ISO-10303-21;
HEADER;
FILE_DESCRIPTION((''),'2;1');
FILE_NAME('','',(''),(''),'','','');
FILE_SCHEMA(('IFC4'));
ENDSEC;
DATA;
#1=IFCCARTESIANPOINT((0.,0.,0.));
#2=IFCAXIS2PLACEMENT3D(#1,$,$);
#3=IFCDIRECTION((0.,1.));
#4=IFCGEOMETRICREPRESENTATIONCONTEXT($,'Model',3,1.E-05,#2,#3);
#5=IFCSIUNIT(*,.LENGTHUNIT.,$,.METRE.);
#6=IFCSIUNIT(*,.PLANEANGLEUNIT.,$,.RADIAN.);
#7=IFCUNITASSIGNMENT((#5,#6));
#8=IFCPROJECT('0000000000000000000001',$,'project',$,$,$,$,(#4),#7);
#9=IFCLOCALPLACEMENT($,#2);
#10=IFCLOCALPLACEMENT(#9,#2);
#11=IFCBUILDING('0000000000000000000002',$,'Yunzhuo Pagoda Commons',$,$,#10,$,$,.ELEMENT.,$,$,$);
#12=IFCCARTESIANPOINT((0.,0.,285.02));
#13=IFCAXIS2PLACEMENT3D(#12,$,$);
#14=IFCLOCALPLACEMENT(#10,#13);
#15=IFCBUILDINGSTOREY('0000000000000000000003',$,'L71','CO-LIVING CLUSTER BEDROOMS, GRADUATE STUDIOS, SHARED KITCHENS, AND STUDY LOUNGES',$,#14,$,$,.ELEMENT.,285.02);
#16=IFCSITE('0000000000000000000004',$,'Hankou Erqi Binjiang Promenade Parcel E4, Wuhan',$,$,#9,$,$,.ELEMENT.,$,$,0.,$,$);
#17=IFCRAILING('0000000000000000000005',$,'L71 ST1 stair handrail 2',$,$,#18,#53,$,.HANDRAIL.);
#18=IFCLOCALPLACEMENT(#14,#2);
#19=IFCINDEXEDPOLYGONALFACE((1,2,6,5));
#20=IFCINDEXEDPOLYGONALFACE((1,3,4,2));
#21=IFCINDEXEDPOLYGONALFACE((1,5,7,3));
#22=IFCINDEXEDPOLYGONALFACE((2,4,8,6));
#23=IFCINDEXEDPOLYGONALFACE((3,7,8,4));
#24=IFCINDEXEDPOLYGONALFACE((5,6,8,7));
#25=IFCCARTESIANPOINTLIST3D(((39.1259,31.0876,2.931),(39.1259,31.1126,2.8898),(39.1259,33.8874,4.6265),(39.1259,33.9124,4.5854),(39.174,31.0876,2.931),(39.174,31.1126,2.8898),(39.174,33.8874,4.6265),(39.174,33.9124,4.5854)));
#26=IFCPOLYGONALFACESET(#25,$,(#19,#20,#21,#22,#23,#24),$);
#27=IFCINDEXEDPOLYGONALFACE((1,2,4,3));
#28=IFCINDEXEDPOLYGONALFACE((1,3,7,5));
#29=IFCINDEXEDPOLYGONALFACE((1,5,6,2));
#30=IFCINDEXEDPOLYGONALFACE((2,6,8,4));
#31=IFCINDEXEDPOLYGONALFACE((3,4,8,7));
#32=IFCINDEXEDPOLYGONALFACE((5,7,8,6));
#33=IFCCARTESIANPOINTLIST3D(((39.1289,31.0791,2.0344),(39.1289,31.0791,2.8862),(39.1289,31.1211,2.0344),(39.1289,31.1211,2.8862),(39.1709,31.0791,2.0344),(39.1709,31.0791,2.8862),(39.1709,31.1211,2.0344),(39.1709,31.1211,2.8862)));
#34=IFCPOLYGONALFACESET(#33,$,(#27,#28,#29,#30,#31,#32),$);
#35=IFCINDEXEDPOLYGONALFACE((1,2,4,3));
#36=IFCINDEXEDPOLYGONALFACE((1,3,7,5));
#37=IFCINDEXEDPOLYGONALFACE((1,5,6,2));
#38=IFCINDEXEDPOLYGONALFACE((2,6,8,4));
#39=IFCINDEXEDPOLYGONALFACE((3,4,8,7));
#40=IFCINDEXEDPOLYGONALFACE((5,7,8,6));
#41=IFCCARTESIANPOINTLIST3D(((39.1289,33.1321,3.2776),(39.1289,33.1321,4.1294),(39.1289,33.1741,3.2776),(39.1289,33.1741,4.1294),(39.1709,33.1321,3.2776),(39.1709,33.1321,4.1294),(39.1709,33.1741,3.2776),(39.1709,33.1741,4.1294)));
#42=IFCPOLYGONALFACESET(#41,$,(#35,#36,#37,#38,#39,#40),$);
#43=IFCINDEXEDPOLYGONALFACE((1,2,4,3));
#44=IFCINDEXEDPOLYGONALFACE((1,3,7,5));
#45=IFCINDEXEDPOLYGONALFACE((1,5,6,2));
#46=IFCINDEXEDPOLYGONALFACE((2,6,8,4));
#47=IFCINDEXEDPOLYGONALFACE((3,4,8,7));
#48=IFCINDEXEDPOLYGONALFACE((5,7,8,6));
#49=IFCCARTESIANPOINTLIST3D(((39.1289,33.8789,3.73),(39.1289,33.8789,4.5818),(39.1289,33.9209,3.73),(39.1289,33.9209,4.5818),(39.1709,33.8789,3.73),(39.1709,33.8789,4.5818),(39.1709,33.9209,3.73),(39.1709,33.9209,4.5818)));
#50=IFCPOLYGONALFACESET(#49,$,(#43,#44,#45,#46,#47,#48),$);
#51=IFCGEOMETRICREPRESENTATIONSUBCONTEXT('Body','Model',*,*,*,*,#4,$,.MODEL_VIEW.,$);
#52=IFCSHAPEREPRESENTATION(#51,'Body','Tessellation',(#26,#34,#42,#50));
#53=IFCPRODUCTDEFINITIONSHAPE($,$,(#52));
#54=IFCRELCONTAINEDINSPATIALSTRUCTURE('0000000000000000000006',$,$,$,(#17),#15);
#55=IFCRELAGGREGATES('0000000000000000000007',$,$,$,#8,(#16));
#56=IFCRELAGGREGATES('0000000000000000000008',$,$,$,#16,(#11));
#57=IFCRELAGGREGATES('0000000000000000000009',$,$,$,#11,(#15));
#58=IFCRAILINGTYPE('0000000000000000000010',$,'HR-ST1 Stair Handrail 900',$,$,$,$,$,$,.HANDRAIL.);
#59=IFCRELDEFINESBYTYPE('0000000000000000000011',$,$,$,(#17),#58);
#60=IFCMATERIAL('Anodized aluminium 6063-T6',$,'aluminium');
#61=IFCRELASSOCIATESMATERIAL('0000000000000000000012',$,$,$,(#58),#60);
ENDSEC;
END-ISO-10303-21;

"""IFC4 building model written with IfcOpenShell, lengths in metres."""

from ifc_helpers import new_model, si_unit, direction, frame, origin, origin_2d, place, context, subcontext, project, spatial, rectangle, extrude, material, type_object, element, save


model = new_model("IFC4")

# Units and contexts
model_context = context("Model", 3, precision=1e-05, world=origin(), true_north=direction((0.0, 1.0)))
body_context = subcontext(model_context, "Body", "Model", "MODEL_VIEW")
ifc_project = project(units=[si_unit("LENGTHUNIT", "METRE"), si_unit("PLANEANGLEUNIT", "RADIAN")], contexts=[model_context])

# Site, building, storey
site_placement = place(None, origin())
site = spatial("IfcSite", under=ifc_project, at=site_placement, Name="Hankou Erqi Binjiang Promenade Parcel E4, Wuhan", CompositionType="ELEMENT", RefElevation=0.0)
building_placement = place(site_placement, origin())
building = spatial("IfcBuilding", under=site, at=building_placement, Name="Yunzhuo Pagoda Commons", CompositionType="ELEMENT")
storey_placement = place(building_placement, frame((0.0, 0.0, 285.02)))
storey = spatial("IfcBuildingStorey", under=building, at=storey_placement, Name="L71", Description="CO-LIVING CLUSTER BEDROOMS, GRADUATE STUDIOS, SHARED KITCHENS, AND STUDY LOUNGES", CompositionType="ELEMENT", Elevation=285.02)

# Railing
ifc_material_1 = material(Name="Anodized aluminium 6063-T6", Category="aluminium")
railing_type_1 = type_object("IfcRailingType", Name="HR-ST1 Stair Handrail 900", PredefinedType="HANDRAIL", material=ifc_material_1)
railing_1_placement = place(storey_placement, frame((39.1499, 31.1001, 2.0344)))
element("IfcRailing", 1, at=railing_1_placement, inside=storey, type_object=railing_type_1, Name="L71 ST1 stair handrail 2", PredefinedType="HANDRAIL", context=body_context, shape_type="SweptSolid", body=[
    extrude(rectangle(XDim=0.0481, YDim=0.0481, at=origin_2d()), frame((0.0, 0.0, 0.876), z_axis=(0.0, 0.855373, 0.518012), x_axis=(-1.0, 0.0, 0.0)), (0.0, 0.0, 1.0), 3.2732),
    extrude(rectangle(XDim=0.042, YDim=0.042, at=origin_2d()), origin(), (0.0, 0.0, 1.0), 0.8518),
    extrude(rectangle(XDim=0.042, YDim=0.042, at=origin_2d()), frame((0.0, 2.053, 1.2432)), (0.0, 0.0, 1.0), 0.8518),
    extrude(rectangle(XDim=0.042, YDim=0.042, at=origin_2d()), frame((0.0, 2.7998, 1.6956)), (0.0, 0.0, 1.0), 0.8518),
])

save(model, "model.ifc")
